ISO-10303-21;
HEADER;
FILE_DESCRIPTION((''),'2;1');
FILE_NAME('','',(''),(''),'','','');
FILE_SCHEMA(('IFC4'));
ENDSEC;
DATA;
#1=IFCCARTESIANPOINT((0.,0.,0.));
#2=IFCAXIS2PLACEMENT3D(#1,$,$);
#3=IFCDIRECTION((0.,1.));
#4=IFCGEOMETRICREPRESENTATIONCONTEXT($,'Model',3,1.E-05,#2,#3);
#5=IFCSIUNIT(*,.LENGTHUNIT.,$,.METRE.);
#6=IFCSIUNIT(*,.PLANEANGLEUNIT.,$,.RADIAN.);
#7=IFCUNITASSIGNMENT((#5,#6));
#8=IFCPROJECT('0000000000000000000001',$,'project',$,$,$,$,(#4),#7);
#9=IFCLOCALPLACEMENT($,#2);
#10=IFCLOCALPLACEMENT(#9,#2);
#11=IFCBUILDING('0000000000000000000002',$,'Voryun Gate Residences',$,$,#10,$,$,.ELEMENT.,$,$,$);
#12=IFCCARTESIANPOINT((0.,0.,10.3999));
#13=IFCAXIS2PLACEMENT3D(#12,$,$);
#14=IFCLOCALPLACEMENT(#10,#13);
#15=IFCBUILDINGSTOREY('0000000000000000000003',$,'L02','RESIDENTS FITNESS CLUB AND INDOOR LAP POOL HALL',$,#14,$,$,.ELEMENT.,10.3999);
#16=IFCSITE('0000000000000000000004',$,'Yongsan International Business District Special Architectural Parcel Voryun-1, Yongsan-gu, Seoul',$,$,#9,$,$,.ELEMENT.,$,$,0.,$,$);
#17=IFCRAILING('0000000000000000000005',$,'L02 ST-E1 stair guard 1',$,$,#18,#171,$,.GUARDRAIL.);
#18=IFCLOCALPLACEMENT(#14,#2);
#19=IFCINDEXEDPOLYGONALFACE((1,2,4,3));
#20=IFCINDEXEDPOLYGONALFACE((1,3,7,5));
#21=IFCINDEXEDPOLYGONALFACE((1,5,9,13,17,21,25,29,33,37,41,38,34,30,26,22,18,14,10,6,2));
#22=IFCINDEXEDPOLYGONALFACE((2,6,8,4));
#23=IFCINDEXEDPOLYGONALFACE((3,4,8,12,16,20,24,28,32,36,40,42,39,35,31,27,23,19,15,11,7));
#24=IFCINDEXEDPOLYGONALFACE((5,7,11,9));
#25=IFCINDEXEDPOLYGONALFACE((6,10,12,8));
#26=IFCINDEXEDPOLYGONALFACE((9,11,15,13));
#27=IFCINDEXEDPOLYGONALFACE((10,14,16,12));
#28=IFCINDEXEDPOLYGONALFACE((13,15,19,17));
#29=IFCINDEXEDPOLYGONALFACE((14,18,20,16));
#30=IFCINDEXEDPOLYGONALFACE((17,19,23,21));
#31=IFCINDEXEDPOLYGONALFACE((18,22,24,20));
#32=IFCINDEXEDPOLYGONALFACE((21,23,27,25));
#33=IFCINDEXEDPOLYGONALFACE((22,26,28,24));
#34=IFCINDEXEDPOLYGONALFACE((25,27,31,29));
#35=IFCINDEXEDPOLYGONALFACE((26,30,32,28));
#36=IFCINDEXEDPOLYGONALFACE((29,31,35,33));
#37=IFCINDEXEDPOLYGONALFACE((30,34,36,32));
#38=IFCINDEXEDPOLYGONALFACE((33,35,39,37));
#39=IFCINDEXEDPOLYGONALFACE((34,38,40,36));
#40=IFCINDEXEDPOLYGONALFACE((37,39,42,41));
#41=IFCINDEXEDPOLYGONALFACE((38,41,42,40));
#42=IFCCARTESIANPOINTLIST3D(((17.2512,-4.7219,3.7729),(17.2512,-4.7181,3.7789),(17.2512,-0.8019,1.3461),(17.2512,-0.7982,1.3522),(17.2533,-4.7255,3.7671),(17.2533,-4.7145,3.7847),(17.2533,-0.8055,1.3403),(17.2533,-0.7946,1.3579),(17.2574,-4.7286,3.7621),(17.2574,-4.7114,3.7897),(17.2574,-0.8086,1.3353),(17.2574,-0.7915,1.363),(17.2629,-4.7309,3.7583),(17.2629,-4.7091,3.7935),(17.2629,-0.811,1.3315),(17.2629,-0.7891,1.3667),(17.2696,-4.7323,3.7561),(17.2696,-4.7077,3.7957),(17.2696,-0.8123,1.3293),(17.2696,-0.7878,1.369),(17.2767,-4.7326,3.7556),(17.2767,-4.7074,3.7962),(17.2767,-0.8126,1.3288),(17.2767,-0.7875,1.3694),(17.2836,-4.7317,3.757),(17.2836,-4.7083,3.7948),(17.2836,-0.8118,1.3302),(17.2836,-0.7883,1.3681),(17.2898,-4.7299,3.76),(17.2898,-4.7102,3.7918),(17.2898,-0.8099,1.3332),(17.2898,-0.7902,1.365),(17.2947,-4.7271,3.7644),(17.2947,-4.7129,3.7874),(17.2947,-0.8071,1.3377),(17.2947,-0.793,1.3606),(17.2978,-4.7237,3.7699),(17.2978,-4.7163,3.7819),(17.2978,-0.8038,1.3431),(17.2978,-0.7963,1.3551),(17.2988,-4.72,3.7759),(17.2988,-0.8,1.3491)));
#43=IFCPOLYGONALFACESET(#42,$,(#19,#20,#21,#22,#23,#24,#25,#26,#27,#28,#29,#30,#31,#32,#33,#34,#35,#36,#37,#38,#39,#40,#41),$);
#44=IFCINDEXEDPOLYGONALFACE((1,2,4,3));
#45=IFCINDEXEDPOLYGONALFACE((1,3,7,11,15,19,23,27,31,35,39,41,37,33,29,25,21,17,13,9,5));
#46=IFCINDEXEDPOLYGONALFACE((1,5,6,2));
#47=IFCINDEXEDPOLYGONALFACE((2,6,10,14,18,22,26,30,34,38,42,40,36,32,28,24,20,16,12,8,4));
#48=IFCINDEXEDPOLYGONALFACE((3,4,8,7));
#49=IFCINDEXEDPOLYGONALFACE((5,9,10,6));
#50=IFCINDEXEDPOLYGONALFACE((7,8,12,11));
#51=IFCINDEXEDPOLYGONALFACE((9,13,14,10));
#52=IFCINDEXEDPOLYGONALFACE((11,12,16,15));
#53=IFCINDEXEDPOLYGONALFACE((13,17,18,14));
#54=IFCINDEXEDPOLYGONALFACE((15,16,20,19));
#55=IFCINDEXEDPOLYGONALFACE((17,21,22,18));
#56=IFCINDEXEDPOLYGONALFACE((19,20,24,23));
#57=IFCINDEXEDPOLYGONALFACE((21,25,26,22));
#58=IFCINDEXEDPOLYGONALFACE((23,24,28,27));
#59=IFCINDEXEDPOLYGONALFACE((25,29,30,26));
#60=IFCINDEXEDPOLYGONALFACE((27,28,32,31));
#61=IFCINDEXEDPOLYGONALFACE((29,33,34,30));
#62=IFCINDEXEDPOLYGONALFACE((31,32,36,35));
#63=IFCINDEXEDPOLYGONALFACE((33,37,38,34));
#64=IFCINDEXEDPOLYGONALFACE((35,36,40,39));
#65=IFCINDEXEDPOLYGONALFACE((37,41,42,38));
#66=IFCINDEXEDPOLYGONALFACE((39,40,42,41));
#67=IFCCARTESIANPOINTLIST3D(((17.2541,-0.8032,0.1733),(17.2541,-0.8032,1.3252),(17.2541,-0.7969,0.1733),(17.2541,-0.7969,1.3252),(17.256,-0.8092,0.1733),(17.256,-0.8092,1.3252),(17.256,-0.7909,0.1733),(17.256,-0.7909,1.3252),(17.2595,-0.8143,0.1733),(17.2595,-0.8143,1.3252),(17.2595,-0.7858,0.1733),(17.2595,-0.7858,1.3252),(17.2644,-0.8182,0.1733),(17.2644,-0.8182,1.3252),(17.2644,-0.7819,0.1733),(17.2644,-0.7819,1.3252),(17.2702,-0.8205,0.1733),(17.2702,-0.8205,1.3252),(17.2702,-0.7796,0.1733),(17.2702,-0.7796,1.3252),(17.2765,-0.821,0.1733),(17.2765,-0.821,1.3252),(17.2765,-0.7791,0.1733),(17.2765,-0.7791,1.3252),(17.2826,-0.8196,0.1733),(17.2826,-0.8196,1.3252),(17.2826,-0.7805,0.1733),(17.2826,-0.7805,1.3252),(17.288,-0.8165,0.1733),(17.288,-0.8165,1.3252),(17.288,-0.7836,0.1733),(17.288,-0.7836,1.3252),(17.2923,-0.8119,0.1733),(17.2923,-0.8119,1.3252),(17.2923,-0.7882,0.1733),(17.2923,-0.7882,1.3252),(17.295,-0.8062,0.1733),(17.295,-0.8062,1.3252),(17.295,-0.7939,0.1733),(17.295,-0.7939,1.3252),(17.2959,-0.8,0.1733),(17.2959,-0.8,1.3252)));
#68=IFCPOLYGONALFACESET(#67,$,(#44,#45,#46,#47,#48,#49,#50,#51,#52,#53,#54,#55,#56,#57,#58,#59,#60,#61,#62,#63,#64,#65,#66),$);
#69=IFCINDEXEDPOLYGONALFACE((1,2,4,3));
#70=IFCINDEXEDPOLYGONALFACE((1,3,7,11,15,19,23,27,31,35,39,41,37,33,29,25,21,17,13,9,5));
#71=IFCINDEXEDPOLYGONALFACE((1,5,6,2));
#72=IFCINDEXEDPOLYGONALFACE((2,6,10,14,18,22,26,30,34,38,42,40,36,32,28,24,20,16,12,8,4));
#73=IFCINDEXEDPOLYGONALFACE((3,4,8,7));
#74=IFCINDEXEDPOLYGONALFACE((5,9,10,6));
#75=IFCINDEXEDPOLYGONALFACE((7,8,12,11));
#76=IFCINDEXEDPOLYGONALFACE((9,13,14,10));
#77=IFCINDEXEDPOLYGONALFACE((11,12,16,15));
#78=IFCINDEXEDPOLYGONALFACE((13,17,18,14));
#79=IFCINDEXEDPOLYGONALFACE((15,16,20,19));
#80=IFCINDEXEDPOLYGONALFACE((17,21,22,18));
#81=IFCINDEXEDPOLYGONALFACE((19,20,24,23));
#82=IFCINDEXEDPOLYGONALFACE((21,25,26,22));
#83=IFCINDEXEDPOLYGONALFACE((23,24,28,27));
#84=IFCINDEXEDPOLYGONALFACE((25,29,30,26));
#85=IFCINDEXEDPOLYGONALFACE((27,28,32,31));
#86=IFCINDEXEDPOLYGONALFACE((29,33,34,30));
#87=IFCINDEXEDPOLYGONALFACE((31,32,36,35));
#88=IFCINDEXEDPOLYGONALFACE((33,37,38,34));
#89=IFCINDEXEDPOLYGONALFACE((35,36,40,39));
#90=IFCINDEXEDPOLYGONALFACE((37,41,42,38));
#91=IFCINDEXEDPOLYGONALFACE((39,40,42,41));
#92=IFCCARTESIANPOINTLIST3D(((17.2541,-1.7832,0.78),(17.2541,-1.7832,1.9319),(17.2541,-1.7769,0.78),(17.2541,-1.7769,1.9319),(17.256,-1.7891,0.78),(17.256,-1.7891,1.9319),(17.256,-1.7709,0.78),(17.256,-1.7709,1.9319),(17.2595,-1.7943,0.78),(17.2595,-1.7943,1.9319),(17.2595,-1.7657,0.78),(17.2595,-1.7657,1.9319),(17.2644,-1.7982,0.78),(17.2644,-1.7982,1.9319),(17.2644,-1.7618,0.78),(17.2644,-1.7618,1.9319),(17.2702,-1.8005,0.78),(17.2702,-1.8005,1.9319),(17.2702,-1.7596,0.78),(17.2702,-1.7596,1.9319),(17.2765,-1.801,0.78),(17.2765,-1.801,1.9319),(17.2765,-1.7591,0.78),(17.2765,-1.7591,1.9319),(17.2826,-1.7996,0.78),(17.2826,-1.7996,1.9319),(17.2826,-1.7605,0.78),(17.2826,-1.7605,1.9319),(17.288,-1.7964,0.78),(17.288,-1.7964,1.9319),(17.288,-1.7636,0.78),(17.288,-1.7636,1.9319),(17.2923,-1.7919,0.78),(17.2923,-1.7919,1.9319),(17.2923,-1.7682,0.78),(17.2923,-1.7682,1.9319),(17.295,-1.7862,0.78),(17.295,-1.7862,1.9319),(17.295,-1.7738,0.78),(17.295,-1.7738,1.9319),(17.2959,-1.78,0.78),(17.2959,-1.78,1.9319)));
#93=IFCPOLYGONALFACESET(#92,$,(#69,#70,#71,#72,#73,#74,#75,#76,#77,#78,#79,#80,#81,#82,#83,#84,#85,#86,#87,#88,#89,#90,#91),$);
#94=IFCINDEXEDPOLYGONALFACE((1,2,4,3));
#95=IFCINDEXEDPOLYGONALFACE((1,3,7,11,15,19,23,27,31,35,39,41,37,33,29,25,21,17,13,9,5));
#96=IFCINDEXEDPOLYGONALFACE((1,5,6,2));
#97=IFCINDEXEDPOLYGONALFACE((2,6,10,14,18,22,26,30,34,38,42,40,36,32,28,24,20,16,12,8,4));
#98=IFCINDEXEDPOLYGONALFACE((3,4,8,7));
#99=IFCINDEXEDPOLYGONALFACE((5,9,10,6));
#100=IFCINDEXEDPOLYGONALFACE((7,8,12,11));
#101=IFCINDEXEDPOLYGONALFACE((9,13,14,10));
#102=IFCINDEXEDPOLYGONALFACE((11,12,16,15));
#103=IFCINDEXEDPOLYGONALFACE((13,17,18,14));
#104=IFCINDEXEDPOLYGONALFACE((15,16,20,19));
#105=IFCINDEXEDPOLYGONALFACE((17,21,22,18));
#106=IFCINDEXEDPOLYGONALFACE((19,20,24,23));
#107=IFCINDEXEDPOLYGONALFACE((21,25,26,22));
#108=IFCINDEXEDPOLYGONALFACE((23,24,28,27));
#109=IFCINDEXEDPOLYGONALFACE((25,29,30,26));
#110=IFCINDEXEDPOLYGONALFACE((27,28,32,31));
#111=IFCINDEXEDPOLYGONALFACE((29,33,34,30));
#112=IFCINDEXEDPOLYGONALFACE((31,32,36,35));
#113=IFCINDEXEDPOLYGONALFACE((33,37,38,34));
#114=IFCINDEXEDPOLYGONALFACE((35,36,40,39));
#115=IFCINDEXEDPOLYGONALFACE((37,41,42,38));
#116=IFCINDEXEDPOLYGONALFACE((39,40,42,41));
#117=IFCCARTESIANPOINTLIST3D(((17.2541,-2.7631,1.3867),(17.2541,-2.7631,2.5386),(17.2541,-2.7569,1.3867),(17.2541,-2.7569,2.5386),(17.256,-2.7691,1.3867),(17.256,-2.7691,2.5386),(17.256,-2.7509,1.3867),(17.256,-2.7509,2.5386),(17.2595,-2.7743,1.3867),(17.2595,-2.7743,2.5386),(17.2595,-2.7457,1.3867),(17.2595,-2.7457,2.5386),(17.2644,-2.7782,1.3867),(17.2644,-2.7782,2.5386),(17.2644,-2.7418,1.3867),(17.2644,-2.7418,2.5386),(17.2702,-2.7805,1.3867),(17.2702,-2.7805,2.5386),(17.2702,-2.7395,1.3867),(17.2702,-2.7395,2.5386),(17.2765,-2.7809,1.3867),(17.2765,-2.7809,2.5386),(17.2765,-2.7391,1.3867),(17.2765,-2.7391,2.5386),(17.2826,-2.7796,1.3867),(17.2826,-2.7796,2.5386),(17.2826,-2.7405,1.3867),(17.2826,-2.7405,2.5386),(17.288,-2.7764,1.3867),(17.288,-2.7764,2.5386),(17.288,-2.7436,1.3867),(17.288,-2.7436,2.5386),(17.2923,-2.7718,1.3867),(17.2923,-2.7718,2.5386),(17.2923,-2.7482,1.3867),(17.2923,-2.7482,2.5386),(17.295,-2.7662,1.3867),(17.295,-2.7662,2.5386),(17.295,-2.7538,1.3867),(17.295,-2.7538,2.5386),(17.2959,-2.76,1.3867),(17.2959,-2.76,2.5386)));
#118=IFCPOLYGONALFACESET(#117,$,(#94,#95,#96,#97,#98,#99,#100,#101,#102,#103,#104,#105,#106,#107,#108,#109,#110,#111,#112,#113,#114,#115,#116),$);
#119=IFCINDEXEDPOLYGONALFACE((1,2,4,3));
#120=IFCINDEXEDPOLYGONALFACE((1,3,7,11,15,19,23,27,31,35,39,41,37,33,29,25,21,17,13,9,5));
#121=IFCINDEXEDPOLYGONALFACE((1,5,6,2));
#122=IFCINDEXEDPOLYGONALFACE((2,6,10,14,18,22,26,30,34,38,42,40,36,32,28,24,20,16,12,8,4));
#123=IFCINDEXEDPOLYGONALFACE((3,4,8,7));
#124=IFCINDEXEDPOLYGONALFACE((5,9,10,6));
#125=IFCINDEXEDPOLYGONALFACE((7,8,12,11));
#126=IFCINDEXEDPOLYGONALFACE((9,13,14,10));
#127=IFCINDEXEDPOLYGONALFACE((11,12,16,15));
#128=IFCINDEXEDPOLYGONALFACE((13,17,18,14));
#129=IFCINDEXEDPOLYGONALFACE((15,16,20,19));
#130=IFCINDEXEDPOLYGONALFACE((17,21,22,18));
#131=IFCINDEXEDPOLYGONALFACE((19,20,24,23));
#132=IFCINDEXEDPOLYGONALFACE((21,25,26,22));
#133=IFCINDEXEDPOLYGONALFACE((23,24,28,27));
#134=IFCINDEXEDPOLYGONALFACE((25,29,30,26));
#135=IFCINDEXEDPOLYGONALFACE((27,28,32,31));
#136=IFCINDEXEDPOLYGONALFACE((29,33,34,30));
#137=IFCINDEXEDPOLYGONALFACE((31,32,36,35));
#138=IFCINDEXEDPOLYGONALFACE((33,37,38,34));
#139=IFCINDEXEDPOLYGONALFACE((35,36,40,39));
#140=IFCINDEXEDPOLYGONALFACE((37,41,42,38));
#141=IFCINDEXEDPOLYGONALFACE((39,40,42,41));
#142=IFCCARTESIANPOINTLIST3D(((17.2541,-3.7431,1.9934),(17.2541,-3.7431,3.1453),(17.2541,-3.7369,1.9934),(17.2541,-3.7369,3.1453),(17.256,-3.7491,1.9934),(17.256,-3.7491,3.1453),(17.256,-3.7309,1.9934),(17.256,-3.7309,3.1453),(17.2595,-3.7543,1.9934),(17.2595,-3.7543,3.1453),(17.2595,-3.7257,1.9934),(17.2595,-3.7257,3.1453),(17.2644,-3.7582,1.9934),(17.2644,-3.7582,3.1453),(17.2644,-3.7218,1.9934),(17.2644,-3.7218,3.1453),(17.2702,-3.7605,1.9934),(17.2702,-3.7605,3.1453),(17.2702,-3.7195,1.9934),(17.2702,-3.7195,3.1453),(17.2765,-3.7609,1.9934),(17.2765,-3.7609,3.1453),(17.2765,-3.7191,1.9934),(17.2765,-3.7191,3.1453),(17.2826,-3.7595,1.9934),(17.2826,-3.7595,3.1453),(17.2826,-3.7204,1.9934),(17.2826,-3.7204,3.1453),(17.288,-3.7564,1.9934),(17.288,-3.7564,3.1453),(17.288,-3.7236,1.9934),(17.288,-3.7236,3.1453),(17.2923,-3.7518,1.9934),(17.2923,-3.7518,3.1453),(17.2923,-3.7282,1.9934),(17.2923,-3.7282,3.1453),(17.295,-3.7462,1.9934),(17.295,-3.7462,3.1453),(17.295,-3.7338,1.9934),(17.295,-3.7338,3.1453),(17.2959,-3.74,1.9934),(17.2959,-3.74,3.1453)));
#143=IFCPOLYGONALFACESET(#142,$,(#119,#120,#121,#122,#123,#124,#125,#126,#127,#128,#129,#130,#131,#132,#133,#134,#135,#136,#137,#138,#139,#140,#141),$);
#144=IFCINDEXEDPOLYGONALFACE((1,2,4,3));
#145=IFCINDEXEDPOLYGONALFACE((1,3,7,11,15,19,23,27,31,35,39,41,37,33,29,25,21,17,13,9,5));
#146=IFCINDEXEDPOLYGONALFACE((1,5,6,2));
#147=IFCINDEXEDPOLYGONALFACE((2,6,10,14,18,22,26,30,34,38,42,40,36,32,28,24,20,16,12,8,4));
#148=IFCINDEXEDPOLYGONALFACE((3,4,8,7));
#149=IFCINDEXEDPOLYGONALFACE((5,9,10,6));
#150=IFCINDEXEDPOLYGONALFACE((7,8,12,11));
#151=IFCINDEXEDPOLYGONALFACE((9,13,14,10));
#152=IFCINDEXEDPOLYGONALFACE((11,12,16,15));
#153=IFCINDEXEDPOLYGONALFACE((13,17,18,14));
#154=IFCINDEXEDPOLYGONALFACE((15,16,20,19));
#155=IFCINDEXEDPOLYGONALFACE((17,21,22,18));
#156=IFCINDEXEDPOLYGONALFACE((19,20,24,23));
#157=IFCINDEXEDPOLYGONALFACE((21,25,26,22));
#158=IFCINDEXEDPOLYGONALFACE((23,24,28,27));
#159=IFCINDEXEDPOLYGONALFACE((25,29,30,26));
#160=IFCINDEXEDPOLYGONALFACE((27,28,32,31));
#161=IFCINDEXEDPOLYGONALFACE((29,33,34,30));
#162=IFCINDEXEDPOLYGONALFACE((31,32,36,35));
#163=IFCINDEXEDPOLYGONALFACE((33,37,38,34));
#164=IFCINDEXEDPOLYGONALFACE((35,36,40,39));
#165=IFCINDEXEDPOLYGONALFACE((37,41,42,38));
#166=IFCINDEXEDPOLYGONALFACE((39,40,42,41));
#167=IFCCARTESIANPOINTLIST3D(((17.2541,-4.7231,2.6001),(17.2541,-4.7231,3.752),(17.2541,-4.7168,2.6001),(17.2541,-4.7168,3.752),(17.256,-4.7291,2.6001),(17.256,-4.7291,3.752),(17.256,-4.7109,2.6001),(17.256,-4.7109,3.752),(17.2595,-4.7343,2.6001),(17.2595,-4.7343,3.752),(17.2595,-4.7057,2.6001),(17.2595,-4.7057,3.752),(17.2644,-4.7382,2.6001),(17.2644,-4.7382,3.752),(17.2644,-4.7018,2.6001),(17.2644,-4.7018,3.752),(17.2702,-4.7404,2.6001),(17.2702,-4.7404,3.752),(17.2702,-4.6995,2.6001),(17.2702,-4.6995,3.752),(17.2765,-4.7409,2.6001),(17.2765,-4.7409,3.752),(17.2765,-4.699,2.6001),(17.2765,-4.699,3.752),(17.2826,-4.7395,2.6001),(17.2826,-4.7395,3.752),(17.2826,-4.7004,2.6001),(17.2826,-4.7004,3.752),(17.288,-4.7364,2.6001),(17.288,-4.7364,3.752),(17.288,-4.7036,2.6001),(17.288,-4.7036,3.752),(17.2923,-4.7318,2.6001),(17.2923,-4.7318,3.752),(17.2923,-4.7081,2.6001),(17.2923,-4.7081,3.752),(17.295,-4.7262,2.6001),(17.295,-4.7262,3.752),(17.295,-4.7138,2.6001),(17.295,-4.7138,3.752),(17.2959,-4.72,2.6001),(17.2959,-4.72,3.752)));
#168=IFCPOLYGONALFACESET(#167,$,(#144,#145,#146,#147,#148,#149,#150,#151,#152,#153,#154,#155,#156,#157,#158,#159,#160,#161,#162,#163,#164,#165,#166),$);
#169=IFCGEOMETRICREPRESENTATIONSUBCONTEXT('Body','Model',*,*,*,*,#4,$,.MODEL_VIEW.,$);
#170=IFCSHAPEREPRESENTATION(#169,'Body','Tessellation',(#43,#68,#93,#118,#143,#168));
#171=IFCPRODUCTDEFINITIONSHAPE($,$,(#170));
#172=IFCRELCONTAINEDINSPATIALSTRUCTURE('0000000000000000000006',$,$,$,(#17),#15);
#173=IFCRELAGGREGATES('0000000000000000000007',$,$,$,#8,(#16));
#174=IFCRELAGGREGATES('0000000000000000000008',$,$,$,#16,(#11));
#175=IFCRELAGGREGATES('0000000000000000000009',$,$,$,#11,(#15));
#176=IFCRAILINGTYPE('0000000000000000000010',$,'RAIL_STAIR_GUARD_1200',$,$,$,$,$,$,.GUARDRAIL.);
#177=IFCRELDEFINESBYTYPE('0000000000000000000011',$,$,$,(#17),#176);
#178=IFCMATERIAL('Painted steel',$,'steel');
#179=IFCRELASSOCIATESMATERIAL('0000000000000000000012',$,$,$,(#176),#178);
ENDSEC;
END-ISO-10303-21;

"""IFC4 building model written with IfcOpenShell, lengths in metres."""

from ifc_helpers import new_model, si_unit, direction, frame, origin, origin_2d, place, context, subcontext, project, spatial, circle, extrude, material, type_object, element, save


model = new_model("IFC4")

# Units and contexts
model_context = context("Model", 3, precision=1e-05, world=origin(), true_north=direction((0.0, 1.0)))
body_context = subcontext(model_context, "Body", "Model", "MODEL_VIEW")
ifc_project = project(units=[si_unit("LENGTHUNIT", "METRE"), si_unit("PLANEANGLEUNIT", "RADIAN")], contexts=[model_context])

# Site, building, storey
site_placement = place(None, origin())
site = spatial("IfcSite", under=ifc_project, at=site_placement, Name="Yongsan International Business District Special Architectural Parcel Voryun-1, Yongsan-gu, Seoul", CompositionType="ELEMENT", RefElevation=0.0)
building_placement = place(site_placement, origin())
building = spatial("IfcBuilding", under=site, at=building_placement, Name="Voryun Gate Residences", CompositionType="ELEMENT")
storey_placement = place(building_placement, frame((0.0, 0.0, 10.3999)))
storey = spatial("IfcBuildingStorey", under=building, at=storey_placement, Name="L02", Description="RESIDENTS FITNESS CLUB AND INDOOR LAP POOL HALL", CompositionType="ELEMENT", Elevation=10.3999)

# Railing
ifc_material_1 = material(Name="Painted steel", Category="steel")
railing_type_1 = type_object("IfcRailingType", Name="RAIL_STAIR_GUARD_1200", PredefinedType="GUARDRAIL", material=ifc_material_1)
railing_1_placement = place(storey_placement, frame((17.2749, -0.8, 0.1733)))
element("IfcRailing", 1, at=railing_1_placement, inside=storey, type_object=railing_type_1, Name="L02 ST-E1 stair guard 1", PredefinedType="GUARDRAIL", context=body_context, shape_type="SweptSolid", body=[
    extrude(circle(Radius=0.0239, at=origin_2d()), frame((0.0, 0.0, 1.1758), z_axis=(0.0, -0.850252, 0.526376), x_axis=(1.0, 0.0, 0.0)), (0.0, 0.0, 1.0), 4.6104),
    extrude(circle(Radius=0.021, at=origin_2d()), origin(), (0.0, 0.0, 1.0), 1.1519),
    extrude(circle(Radius=0.021, at=origin_2d()), frame((0.0, -0.98, 0.6067)), (0.0, 0.0, 1.0), 1.1519),
    extrude(circle(Radius=0.021, at=origin_2d()), frame((0.0, -1.96, 1.2134)), (0.0, 0.0, 1.0), 1.1519),
    extrude(circle(Radius=0.021, at=origin_2d()), frame((0.0, -2.9399, 1.8201)), (0.0, 0.0, 1.0), 1.1519),
    extrude(circle(Radius=0.021, at=origin_2d()), frame((0.0, -3.9199, 2.4268)), (0.0, 0.0, 1.0), 1.1519),
])

save(model, "model.ifc")
